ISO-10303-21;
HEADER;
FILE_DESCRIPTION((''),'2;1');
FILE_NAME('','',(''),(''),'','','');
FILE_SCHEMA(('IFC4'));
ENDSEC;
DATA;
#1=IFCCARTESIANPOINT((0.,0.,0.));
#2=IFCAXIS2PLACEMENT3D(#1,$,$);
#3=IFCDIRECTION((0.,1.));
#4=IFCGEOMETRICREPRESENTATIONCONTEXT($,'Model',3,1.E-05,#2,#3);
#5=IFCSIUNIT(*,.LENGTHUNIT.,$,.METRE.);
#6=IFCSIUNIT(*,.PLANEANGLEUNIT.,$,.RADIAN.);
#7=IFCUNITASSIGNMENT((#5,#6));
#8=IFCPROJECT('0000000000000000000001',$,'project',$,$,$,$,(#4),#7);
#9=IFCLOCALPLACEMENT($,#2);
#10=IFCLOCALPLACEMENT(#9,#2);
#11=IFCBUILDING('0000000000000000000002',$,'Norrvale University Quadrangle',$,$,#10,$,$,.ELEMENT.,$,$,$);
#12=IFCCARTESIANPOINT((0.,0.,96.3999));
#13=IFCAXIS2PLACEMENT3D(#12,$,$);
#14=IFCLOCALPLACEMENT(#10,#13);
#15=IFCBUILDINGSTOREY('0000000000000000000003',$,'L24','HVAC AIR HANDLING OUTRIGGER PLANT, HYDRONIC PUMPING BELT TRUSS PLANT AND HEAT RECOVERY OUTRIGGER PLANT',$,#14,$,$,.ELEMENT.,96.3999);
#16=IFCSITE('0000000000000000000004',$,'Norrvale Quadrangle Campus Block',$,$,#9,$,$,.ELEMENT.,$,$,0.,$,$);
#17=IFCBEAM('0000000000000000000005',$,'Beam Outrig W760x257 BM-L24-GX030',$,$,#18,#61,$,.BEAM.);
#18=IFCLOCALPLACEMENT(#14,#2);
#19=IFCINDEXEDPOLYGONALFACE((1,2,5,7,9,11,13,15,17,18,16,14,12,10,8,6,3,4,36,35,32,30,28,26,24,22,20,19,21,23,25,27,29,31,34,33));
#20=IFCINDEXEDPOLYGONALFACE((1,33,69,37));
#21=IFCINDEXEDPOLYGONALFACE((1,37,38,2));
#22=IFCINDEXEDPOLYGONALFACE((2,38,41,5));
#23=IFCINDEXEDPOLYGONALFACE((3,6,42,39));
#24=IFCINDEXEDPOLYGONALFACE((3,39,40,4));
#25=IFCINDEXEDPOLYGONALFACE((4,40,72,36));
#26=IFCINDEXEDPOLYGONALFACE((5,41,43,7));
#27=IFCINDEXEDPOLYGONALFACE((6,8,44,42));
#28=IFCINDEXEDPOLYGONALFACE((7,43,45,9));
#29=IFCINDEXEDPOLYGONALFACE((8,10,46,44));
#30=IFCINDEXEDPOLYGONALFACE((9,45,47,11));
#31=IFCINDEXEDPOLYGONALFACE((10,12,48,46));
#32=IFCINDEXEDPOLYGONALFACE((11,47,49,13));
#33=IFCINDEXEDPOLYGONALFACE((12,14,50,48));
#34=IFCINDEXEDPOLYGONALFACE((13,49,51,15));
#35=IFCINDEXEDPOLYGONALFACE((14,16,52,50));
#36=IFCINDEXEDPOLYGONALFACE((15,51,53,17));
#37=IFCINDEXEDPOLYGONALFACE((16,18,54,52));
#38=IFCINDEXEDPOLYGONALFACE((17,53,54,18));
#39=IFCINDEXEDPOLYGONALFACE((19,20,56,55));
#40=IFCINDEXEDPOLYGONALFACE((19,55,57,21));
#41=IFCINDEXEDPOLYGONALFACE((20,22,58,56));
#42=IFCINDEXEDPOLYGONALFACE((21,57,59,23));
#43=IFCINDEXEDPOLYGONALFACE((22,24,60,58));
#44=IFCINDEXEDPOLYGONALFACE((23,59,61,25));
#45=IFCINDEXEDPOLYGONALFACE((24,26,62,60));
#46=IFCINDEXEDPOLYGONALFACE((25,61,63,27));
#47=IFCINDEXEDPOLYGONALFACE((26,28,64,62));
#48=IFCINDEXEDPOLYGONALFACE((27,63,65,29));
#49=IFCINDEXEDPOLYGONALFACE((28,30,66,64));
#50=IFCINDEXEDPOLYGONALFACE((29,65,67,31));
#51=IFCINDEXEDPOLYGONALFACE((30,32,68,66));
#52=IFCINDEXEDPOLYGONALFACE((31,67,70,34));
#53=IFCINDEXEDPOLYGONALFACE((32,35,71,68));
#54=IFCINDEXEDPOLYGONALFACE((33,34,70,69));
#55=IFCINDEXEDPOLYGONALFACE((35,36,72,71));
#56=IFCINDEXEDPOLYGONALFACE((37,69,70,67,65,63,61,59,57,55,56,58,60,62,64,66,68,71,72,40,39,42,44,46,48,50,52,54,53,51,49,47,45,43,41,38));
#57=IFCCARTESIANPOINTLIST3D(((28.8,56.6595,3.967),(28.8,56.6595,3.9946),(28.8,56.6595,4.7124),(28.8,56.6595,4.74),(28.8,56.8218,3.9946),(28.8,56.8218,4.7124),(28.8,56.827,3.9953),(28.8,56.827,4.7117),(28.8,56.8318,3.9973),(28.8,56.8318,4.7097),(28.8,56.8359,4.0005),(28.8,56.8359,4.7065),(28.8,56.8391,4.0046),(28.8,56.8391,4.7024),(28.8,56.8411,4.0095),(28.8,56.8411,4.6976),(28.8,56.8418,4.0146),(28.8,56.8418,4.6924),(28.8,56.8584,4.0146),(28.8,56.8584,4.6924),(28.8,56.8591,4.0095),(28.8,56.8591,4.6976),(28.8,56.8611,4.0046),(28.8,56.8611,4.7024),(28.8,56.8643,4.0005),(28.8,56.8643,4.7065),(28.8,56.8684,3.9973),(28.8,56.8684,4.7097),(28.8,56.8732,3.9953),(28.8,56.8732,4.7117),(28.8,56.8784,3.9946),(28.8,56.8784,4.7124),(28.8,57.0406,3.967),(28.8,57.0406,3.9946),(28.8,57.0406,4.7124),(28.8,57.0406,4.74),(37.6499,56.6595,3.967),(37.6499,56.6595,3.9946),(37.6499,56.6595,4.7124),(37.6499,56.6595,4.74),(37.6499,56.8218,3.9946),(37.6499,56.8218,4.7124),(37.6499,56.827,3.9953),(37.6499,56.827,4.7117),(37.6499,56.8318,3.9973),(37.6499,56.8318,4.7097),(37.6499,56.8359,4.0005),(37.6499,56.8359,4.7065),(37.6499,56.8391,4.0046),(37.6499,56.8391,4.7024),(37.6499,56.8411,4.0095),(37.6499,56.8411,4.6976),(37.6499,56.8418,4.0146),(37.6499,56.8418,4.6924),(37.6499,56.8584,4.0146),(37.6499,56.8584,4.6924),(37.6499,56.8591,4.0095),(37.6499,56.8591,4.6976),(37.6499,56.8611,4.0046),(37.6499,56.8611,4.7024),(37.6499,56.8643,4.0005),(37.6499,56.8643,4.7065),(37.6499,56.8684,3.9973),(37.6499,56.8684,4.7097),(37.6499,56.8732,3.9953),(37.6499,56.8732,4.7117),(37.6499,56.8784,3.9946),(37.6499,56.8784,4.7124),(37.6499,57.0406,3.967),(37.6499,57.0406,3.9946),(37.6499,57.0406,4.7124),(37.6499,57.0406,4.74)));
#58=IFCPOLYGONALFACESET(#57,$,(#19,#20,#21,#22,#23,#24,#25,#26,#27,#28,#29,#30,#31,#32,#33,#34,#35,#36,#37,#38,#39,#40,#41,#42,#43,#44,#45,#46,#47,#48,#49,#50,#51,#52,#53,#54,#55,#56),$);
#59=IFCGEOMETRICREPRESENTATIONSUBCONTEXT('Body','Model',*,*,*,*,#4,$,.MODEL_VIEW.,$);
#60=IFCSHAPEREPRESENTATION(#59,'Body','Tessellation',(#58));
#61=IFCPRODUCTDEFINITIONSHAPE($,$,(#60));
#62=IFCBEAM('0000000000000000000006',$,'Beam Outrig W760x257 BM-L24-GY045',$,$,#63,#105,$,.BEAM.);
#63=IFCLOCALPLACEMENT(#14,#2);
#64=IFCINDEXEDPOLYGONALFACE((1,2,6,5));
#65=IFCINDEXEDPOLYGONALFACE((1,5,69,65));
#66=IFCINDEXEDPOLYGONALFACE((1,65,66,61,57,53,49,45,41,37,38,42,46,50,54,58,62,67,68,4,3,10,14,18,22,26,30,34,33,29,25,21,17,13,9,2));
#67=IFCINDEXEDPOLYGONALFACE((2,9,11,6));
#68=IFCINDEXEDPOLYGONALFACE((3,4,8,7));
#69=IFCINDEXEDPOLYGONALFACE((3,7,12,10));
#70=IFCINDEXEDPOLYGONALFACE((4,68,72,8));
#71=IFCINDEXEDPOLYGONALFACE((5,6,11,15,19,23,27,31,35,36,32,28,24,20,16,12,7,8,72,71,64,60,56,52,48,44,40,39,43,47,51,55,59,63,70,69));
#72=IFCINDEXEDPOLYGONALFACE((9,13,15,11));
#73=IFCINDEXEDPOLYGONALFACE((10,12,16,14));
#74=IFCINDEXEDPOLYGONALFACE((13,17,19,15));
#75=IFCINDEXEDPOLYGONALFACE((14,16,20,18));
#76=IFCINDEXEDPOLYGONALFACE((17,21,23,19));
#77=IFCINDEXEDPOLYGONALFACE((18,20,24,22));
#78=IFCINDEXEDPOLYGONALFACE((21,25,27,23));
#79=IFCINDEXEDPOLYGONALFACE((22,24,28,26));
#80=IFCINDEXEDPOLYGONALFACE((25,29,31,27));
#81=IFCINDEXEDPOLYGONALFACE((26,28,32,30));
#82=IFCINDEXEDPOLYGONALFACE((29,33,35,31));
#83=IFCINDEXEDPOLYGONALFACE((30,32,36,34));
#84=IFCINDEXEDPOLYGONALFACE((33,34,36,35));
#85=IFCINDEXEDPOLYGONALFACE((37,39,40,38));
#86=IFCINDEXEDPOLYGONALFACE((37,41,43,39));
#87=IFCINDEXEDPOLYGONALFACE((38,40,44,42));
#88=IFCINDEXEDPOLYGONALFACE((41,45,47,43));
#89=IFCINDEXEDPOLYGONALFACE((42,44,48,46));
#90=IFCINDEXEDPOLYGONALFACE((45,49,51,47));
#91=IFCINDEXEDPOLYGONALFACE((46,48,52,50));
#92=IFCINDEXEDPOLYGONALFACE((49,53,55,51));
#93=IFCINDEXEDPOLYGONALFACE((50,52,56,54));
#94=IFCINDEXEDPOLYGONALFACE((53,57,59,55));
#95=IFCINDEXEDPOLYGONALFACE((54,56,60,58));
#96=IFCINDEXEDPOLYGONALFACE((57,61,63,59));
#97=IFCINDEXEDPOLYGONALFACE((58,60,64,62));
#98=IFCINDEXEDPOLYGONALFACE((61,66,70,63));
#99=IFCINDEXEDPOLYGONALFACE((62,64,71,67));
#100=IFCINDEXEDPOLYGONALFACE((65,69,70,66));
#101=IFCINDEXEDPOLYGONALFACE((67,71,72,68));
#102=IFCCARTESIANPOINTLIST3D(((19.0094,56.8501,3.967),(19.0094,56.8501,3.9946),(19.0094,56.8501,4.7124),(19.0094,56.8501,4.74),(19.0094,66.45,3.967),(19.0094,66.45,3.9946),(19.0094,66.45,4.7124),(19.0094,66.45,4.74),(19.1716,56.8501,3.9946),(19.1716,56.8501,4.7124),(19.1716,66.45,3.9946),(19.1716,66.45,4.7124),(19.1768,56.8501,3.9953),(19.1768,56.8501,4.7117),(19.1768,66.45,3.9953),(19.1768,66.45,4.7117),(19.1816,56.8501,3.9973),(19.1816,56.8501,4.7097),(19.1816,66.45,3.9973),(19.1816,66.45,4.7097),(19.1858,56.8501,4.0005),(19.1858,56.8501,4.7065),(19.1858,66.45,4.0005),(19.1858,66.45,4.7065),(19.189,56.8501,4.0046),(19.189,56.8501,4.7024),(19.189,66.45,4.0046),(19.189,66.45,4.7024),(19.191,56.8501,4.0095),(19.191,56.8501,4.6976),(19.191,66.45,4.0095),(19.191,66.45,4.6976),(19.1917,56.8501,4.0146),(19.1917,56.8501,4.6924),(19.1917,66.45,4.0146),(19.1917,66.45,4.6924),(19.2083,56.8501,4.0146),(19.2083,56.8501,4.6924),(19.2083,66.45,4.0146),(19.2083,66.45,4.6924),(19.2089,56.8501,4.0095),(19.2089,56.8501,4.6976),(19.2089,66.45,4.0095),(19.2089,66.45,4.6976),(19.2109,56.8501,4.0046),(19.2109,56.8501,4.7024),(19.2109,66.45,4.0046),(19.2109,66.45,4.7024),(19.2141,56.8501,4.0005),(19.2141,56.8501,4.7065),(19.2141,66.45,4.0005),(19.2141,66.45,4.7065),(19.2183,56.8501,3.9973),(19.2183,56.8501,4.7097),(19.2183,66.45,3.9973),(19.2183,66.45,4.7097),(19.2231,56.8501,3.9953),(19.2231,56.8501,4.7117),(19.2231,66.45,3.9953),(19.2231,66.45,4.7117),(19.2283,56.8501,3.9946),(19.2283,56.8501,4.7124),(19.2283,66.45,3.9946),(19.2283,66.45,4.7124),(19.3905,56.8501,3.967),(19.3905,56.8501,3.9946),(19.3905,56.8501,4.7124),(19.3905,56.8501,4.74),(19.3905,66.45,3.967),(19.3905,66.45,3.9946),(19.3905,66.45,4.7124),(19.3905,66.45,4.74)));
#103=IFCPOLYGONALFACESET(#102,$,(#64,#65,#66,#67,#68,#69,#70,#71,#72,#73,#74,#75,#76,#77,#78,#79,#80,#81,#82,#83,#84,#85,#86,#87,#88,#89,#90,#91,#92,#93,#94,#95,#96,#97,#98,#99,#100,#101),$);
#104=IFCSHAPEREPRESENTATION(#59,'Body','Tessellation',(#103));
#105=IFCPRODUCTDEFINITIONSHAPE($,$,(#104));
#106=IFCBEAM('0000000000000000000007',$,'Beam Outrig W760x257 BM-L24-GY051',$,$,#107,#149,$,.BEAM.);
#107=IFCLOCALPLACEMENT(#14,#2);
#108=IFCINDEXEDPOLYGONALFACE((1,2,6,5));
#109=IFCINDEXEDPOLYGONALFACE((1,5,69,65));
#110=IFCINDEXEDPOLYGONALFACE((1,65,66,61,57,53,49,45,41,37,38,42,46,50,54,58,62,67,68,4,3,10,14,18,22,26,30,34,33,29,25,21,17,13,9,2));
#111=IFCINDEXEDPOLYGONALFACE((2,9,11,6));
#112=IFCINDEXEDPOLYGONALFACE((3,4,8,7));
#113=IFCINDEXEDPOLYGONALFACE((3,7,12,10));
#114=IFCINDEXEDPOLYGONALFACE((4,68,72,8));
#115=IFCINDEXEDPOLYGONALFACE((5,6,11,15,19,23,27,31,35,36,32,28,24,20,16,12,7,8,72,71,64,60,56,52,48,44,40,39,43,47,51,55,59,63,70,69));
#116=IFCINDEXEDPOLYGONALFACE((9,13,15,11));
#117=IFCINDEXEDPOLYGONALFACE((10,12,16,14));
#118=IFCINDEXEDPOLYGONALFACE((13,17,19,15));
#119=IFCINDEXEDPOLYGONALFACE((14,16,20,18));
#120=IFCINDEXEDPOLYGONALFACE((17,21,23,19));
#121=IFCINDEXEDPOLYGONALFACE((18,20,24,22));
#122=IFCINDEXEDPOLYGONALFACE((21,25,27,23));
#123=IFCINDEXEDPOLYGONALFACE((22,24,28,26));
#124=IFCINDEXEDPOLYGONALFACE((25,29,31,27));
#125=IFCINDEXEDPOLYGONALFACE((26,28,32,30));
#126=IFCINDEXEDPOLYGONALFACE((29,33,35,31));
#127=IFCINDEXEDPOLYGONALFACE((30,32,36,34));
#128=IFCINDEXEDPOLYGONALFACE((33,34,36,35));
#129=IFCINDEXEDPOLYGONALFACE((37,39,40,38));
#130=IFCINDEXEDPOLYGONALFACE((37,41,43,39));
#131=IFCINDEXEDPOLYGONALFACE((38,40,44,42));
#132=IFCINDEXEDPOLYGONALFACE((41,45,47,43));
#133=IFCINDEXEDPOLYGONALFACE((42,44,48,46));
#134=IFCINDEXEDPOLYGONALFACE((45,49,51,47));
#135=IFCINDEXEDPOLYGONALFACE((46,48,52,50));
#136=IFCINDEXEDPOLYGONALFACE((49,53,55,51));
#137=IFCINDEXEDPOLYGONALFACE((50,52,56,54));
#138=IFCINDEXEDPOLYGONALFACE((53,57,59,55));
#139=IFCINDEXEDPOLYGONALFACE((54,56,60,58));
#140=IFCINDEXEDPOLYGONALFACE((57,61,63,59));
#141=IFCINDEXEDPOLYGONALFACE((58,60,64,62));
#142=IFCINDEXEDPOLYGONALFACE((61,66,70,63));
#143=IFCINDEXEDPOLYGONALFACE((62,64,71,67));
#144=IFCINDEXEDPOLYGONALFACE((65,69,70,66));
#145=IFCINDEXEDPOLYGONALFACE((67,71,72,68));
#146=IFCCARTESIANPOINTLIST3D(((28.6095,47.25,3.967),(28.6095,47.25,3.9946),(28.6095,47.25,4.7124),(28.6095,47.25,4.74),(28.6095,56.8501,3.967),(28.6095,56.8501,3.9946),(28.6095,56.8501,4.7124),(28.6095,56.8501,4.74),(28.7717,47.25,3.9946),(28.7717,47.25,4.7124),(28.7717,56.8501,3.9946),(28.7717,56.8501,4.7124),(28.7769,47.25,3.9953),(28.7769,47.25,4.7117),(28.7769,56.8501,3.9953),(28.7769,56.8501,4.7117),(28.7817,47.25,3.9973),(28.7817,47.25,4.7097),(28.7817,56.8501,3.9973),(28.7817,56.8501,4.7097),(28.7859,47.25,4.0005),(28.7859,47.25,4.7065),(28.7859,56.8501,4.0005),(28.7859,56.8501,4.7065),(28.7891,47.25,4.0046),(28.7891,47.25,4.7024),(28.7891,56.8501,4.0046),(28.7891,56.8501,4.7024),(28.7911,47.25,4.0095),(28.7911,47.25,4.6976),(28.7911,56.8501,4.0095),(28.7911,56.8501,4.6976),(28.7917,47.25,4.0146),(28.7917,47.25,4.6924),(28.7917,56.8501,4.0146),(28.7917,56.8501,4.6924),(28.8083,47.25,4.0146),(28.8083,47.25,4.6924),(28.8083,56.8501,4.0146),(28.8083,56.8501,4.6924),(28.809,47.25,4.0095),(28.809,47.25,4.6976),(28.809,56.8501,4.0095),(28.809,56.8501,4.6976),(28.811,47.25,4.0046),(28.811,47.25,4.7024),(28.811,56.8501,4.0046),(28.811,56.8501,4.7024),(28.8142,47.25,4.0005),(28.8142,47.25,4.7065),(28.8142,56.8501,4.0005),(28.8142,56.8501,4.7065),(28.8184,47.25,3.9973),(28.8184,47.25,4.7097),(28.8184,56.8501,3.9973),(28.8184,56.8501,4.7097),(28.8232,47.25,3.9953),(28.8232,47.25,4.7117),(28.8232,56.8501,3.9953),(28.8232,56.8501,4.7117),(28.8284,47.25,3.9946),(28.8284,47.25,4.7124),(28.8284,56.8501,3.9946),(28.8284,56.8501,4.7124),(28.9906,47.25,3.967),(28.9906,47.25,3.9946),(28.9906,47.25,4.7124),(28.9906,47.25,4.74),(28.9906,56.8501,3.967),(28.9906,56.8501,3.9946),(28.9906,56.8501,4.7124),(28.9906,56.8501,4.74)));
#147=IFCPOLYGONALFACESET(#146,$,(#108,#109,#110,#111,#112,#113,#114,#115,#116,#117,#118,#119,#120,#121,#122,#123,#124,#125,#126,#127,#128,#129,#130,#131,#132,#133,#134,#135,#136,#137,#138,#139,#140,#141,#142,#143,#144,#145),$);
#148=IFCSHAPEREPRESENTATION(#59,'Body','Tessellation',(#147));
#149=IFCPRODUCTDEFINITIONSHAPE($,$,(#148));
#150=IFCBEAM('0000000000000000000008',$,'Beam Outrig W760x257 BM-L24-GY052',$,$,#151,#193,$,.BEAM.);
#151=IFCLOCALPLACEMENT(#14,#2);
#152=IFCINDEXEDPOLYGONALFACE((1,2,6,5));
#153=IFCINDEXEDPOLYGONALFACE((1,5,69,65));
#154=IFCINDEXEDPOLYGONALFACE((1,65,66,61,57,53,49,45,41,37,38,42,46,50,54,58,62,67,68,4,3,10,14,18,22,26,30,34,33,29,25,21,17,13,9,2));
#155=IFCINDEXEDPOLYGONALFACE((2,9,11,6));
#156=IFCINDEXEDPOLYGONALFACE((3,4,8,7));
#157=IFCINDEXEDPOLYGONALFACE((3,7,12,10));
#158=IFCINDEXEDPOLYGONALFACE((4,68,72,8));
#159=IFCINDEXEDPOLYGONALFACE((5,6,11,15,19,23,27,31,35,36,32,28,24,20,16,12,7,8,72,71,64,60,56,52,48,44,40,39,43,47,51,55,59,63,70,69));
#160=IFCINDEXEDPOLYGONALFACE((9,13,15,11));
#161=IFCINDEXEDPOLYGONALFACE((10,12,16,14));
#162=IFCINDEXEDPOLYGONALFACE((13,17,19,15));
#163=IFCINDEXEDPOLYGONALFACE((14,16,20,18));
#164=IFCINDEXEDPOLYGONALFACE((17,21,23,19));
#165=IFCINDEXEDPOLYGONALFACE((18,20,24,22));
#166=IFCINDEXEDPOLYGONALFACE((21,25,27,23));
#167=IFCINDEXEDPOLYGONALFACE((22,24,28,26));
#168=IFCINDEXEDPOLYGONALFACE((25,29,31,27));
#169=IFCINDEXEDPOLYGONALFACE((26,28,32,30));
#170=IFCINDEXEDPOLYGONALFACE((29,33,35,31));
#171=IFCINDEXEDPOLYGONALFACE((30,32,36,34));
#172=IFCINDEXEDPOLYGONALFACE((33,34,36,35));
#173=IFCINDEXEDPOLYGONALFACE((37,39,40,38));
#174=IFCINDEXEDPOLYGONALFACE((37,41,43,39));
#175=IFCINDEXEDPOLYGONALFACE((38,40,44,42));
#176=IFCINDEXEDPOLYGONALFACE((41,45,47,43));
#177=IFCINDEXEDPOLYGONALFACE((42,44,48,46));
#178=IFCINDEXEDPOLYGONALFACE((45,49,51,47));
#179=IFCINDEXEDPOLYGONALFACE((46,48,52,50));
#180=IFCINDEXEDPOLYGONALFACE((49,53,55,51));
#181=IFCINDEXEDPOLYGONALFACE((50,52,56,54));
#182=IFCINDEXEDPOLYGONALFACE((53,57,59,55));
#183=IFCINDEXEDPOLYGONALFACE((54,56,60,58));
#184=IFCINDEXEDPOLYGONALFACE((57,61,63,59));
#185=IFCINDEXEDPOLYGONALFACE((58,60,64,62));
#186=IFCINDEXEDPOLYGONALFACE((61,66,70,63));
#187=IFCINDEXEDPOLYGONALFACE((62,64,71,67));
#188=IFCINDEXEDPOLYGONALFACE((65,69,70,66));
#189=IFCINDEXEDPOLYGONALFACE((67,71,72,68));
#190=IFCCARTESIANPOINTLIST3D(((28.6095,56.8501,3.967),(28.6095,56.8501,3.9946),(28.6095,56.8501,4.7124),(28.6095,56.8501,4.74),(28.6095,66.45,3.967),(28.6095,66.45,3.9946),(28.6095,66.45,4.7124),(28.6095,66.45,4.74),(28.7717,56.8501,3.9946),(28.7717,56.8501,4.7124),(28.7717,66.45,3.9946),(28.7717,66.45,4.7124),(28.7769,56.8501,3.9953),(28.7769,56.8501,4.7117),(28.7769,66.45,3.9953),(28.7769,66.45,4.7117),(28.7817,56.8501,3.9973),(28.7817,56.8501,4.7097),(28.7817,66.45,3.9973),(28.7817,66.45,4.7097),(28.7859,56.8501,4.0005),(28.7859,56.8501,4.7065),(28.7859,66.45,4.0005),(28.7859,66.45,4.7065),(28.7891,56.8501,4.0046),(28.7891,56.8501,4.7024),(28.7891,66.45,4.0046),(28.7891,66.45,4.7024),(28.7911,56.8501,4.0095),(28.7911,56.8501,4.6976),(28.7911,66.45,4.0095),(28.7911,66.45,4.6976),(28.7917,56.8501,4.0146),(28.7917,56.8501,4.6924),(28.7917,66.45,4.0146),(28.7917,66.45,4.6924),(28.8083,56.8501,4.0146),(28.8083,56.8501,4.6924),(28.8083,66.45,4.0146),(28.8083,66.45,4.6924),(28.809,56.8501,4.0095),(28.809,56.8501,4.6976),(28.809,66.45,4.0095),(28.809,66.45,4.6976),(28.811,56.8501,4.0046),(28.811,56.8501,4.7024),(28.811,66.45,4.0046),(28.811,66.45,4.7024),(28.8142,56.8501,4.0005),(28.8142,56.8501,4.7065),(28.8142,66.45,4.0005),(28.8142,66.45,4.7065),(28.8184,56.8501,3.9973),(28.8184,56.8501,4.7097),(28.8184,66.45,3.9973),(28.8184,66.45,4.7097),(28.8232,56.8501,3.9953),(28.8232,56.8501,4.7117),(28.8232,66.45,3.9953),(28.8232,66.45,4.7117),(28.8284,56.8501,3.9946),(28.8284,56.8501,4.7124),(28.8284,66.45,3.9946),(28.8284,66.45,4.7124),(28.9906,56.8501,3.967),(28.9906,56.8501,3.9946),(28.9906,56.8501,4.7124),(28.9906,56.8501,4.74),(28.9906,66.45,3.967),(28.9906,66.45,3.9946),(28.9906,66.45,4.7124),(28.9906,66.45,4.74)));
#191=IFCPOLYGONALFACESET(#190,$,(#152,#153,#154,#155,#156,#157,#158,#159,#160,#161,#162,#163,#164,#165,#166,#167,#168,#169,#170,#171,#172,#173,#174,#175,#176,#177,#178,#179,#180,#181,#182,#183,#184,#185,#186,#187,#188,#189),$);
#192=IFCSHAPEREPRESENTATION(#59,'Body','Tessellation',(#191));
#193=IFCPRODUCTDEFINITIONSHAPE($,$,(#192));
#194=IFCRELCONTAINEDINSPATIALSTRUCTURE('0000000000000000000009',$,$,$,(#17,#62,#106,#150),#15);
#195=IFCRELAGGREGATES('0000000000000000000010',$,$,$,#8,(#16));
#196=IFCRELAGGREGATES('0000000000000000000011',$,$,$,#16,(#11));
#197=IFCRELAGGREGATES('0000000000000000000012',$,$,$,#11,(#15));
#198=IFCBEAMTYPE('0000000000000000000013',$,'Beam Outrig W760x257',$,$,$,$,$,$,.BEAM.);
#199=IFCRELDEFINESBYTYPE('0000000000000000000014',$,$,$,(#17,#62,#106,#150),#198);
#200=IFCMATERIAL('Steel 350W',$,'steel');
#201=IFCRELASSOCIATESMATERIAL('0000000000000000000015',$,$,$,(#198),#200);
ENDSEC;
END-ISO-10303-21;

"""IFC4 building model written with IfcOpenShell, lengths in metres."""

from ifc_helpers import new_model, si_unit, direction, frame, origin, origin_2d, place, context, subcontext, project, spatial, i_section, extrude, material, material_profile, profile_set, type_object, element, save


model = new_model("IFC4")

# Units and contexts
model_context = context("Model", 3, precision=1e-05, world=origin(), true_north=direction((0.0, 1.0)))
body_context = subcontext(model_context, "Body", "Model", "MODEL_VIEW")
ifc_project = project(units=[si_unit("LENGTHUNIT", "METRE"), si_unit("PLANEANGLEUNIT", "RADIAN")], contexts=[model_context])

# Site, building, storey
site_placement = place(None, origin())
site = spatial("IfcSite", under=ifc_project, at=site_placement, Name="Norrvale Quadrangle Campus Block", CompositionType="ELEMENT", RefElevation=0.0)
building_placement = place(site_placement, origin())
building = spatial("IfcBuilding", under=site, at=building_placement, Name="Norrvale University Quadrangle", CompositionType="ELEMENT")
storey_placement = place(building_placement, frame((0.0, 0.0, 96.3999)))
storey = spatial("IfcBuildingStorey", under=building, at=storey_placement, Name="L24", Description="HVAC AIR HANDLING OUTRIGGER PLANT, HYDRONIC PUMPING BELT TRUSS PLANT AND HEAT RECOVERY OUTRIGGER PLANT", CompositionType="ELEMENT", Elevation=96.3999)

# Beams
ifc_material_1 = material(Name="Steel 350W", Category="steel")
ifc_material_profile_1 = material_profile(ifc_material_1, i_section(OverallWidth=0.3811, OverallDepth=0.7729, WebThickness=0.0166, FlangeThickness=0.0276, FilletRadius=0.02, at=origin_2d()), Name="Steel 350W")
ifc_profile_set_1 = profile_set([ifc_material_profile_1], Name="Steel 350W")
beam_type_1 = type_object("IfcBeamType", Name="Beam Outrig W760x257", PredefinedType="BEAM", material=ifc_profile_set_1)
for number, where, z_axis, x_axis, name in (
    (1, (28.8, 56.8501, 4.3535), (1.0, 0.0, 0.0), (0.0, 1.0, 0.0), "Beam Outrig W760x257 BM-L24-GX030"),
):
    element("IfcBeam", number, at=place(storey_placement, frame(where, z_axis=z_axis, x_axis=x_axis)), inside=storey, type_object=beam_type_1, Name=name, PredefinedType="BEAM", context=body_context, shape_type="SweptSolid", body=[
        extrude(i_section(OverallWidth=0.3811, OverallDepth=0.7729, WebThickness=0.0166, FlangeThickness=0.0276, FilletRadius=0.02, at=origin_2d()), origin(), (0.0, 0.0, 1.0), 8.8499),
    ])
beam_1_placement = place(storey_placement, frame((19.2, 56.8501, 4.3535), z_axis=(0.0, 1.0, 0.0), x_axis=(-1.0, 0.0, 0.0)))
element("IfcBeam", 2, at=beam_1_placement, inside=storey, type_object=beam_type_1, Name="Beam Outrig W760x257 BM-L24-GY045", PredefinedType="BEAM", context=body_context, shape_type="SweptSolid", body=[
    extrude(i_section(OverallWidth=0.3811, OverallDepth=0.7729, WebThickness=0.0166, FlangeThickness=0.0276, FilletRadius=0.02, at=origin_2d()), origin(), (0.0, 0.0, 1.0), 9.5999),
])
beam_2_placement = place(storey_placement, frame((28.8, 47.25, 4.3535), z_axis=(0.0, 1.0, 0.0), x_axis=(-1.0, 0.0, 0.0)))
element("IfcBeam", 3, at=beam_2_placement, inside=storey, type_object=beam_type_1, Name="Beam Outrig W760x257 BM-L24-GY051", PredefinedType="BEAM", context=body_context, shape_type="SweptSolid", body=[
    extrude(i_section(OverallWidth=0.3811, OverallDepth=0.7729, WebThickness=0.0166, FlangeThickness=0.0276, FilletRadius=0.02, at=origin_2d()), origin(), (0.0, 0.0, 1.0), 9.6001),
])
beam_3_placement = place(storey_placement, frame((28.8, 56.8501, 4.3535), z_axis=(0.0, 1.0, 0.0), x_axis=(-1.0, 0.0, 0.0)))
element("IfcBeam", 4, at=beam_3_placement, inside=storey, type_object=beam_type_1, Name="Beam Outrig W760x257 BM-L24-GY052", PredefinedType="BEAM", context=body_context, shape_type="SweptSolid", body=[
    extrude(i_section(OverallWidth=0.3811, OverallDepth=0.7729, WebThickness=0.0166, FlangeThickness=0.0276, FilletRadius=0.02, at=origin_2d()), origin(), (0.0, 0.0, 1.0), 9.5999),
])

save(model, "model.ifc")
